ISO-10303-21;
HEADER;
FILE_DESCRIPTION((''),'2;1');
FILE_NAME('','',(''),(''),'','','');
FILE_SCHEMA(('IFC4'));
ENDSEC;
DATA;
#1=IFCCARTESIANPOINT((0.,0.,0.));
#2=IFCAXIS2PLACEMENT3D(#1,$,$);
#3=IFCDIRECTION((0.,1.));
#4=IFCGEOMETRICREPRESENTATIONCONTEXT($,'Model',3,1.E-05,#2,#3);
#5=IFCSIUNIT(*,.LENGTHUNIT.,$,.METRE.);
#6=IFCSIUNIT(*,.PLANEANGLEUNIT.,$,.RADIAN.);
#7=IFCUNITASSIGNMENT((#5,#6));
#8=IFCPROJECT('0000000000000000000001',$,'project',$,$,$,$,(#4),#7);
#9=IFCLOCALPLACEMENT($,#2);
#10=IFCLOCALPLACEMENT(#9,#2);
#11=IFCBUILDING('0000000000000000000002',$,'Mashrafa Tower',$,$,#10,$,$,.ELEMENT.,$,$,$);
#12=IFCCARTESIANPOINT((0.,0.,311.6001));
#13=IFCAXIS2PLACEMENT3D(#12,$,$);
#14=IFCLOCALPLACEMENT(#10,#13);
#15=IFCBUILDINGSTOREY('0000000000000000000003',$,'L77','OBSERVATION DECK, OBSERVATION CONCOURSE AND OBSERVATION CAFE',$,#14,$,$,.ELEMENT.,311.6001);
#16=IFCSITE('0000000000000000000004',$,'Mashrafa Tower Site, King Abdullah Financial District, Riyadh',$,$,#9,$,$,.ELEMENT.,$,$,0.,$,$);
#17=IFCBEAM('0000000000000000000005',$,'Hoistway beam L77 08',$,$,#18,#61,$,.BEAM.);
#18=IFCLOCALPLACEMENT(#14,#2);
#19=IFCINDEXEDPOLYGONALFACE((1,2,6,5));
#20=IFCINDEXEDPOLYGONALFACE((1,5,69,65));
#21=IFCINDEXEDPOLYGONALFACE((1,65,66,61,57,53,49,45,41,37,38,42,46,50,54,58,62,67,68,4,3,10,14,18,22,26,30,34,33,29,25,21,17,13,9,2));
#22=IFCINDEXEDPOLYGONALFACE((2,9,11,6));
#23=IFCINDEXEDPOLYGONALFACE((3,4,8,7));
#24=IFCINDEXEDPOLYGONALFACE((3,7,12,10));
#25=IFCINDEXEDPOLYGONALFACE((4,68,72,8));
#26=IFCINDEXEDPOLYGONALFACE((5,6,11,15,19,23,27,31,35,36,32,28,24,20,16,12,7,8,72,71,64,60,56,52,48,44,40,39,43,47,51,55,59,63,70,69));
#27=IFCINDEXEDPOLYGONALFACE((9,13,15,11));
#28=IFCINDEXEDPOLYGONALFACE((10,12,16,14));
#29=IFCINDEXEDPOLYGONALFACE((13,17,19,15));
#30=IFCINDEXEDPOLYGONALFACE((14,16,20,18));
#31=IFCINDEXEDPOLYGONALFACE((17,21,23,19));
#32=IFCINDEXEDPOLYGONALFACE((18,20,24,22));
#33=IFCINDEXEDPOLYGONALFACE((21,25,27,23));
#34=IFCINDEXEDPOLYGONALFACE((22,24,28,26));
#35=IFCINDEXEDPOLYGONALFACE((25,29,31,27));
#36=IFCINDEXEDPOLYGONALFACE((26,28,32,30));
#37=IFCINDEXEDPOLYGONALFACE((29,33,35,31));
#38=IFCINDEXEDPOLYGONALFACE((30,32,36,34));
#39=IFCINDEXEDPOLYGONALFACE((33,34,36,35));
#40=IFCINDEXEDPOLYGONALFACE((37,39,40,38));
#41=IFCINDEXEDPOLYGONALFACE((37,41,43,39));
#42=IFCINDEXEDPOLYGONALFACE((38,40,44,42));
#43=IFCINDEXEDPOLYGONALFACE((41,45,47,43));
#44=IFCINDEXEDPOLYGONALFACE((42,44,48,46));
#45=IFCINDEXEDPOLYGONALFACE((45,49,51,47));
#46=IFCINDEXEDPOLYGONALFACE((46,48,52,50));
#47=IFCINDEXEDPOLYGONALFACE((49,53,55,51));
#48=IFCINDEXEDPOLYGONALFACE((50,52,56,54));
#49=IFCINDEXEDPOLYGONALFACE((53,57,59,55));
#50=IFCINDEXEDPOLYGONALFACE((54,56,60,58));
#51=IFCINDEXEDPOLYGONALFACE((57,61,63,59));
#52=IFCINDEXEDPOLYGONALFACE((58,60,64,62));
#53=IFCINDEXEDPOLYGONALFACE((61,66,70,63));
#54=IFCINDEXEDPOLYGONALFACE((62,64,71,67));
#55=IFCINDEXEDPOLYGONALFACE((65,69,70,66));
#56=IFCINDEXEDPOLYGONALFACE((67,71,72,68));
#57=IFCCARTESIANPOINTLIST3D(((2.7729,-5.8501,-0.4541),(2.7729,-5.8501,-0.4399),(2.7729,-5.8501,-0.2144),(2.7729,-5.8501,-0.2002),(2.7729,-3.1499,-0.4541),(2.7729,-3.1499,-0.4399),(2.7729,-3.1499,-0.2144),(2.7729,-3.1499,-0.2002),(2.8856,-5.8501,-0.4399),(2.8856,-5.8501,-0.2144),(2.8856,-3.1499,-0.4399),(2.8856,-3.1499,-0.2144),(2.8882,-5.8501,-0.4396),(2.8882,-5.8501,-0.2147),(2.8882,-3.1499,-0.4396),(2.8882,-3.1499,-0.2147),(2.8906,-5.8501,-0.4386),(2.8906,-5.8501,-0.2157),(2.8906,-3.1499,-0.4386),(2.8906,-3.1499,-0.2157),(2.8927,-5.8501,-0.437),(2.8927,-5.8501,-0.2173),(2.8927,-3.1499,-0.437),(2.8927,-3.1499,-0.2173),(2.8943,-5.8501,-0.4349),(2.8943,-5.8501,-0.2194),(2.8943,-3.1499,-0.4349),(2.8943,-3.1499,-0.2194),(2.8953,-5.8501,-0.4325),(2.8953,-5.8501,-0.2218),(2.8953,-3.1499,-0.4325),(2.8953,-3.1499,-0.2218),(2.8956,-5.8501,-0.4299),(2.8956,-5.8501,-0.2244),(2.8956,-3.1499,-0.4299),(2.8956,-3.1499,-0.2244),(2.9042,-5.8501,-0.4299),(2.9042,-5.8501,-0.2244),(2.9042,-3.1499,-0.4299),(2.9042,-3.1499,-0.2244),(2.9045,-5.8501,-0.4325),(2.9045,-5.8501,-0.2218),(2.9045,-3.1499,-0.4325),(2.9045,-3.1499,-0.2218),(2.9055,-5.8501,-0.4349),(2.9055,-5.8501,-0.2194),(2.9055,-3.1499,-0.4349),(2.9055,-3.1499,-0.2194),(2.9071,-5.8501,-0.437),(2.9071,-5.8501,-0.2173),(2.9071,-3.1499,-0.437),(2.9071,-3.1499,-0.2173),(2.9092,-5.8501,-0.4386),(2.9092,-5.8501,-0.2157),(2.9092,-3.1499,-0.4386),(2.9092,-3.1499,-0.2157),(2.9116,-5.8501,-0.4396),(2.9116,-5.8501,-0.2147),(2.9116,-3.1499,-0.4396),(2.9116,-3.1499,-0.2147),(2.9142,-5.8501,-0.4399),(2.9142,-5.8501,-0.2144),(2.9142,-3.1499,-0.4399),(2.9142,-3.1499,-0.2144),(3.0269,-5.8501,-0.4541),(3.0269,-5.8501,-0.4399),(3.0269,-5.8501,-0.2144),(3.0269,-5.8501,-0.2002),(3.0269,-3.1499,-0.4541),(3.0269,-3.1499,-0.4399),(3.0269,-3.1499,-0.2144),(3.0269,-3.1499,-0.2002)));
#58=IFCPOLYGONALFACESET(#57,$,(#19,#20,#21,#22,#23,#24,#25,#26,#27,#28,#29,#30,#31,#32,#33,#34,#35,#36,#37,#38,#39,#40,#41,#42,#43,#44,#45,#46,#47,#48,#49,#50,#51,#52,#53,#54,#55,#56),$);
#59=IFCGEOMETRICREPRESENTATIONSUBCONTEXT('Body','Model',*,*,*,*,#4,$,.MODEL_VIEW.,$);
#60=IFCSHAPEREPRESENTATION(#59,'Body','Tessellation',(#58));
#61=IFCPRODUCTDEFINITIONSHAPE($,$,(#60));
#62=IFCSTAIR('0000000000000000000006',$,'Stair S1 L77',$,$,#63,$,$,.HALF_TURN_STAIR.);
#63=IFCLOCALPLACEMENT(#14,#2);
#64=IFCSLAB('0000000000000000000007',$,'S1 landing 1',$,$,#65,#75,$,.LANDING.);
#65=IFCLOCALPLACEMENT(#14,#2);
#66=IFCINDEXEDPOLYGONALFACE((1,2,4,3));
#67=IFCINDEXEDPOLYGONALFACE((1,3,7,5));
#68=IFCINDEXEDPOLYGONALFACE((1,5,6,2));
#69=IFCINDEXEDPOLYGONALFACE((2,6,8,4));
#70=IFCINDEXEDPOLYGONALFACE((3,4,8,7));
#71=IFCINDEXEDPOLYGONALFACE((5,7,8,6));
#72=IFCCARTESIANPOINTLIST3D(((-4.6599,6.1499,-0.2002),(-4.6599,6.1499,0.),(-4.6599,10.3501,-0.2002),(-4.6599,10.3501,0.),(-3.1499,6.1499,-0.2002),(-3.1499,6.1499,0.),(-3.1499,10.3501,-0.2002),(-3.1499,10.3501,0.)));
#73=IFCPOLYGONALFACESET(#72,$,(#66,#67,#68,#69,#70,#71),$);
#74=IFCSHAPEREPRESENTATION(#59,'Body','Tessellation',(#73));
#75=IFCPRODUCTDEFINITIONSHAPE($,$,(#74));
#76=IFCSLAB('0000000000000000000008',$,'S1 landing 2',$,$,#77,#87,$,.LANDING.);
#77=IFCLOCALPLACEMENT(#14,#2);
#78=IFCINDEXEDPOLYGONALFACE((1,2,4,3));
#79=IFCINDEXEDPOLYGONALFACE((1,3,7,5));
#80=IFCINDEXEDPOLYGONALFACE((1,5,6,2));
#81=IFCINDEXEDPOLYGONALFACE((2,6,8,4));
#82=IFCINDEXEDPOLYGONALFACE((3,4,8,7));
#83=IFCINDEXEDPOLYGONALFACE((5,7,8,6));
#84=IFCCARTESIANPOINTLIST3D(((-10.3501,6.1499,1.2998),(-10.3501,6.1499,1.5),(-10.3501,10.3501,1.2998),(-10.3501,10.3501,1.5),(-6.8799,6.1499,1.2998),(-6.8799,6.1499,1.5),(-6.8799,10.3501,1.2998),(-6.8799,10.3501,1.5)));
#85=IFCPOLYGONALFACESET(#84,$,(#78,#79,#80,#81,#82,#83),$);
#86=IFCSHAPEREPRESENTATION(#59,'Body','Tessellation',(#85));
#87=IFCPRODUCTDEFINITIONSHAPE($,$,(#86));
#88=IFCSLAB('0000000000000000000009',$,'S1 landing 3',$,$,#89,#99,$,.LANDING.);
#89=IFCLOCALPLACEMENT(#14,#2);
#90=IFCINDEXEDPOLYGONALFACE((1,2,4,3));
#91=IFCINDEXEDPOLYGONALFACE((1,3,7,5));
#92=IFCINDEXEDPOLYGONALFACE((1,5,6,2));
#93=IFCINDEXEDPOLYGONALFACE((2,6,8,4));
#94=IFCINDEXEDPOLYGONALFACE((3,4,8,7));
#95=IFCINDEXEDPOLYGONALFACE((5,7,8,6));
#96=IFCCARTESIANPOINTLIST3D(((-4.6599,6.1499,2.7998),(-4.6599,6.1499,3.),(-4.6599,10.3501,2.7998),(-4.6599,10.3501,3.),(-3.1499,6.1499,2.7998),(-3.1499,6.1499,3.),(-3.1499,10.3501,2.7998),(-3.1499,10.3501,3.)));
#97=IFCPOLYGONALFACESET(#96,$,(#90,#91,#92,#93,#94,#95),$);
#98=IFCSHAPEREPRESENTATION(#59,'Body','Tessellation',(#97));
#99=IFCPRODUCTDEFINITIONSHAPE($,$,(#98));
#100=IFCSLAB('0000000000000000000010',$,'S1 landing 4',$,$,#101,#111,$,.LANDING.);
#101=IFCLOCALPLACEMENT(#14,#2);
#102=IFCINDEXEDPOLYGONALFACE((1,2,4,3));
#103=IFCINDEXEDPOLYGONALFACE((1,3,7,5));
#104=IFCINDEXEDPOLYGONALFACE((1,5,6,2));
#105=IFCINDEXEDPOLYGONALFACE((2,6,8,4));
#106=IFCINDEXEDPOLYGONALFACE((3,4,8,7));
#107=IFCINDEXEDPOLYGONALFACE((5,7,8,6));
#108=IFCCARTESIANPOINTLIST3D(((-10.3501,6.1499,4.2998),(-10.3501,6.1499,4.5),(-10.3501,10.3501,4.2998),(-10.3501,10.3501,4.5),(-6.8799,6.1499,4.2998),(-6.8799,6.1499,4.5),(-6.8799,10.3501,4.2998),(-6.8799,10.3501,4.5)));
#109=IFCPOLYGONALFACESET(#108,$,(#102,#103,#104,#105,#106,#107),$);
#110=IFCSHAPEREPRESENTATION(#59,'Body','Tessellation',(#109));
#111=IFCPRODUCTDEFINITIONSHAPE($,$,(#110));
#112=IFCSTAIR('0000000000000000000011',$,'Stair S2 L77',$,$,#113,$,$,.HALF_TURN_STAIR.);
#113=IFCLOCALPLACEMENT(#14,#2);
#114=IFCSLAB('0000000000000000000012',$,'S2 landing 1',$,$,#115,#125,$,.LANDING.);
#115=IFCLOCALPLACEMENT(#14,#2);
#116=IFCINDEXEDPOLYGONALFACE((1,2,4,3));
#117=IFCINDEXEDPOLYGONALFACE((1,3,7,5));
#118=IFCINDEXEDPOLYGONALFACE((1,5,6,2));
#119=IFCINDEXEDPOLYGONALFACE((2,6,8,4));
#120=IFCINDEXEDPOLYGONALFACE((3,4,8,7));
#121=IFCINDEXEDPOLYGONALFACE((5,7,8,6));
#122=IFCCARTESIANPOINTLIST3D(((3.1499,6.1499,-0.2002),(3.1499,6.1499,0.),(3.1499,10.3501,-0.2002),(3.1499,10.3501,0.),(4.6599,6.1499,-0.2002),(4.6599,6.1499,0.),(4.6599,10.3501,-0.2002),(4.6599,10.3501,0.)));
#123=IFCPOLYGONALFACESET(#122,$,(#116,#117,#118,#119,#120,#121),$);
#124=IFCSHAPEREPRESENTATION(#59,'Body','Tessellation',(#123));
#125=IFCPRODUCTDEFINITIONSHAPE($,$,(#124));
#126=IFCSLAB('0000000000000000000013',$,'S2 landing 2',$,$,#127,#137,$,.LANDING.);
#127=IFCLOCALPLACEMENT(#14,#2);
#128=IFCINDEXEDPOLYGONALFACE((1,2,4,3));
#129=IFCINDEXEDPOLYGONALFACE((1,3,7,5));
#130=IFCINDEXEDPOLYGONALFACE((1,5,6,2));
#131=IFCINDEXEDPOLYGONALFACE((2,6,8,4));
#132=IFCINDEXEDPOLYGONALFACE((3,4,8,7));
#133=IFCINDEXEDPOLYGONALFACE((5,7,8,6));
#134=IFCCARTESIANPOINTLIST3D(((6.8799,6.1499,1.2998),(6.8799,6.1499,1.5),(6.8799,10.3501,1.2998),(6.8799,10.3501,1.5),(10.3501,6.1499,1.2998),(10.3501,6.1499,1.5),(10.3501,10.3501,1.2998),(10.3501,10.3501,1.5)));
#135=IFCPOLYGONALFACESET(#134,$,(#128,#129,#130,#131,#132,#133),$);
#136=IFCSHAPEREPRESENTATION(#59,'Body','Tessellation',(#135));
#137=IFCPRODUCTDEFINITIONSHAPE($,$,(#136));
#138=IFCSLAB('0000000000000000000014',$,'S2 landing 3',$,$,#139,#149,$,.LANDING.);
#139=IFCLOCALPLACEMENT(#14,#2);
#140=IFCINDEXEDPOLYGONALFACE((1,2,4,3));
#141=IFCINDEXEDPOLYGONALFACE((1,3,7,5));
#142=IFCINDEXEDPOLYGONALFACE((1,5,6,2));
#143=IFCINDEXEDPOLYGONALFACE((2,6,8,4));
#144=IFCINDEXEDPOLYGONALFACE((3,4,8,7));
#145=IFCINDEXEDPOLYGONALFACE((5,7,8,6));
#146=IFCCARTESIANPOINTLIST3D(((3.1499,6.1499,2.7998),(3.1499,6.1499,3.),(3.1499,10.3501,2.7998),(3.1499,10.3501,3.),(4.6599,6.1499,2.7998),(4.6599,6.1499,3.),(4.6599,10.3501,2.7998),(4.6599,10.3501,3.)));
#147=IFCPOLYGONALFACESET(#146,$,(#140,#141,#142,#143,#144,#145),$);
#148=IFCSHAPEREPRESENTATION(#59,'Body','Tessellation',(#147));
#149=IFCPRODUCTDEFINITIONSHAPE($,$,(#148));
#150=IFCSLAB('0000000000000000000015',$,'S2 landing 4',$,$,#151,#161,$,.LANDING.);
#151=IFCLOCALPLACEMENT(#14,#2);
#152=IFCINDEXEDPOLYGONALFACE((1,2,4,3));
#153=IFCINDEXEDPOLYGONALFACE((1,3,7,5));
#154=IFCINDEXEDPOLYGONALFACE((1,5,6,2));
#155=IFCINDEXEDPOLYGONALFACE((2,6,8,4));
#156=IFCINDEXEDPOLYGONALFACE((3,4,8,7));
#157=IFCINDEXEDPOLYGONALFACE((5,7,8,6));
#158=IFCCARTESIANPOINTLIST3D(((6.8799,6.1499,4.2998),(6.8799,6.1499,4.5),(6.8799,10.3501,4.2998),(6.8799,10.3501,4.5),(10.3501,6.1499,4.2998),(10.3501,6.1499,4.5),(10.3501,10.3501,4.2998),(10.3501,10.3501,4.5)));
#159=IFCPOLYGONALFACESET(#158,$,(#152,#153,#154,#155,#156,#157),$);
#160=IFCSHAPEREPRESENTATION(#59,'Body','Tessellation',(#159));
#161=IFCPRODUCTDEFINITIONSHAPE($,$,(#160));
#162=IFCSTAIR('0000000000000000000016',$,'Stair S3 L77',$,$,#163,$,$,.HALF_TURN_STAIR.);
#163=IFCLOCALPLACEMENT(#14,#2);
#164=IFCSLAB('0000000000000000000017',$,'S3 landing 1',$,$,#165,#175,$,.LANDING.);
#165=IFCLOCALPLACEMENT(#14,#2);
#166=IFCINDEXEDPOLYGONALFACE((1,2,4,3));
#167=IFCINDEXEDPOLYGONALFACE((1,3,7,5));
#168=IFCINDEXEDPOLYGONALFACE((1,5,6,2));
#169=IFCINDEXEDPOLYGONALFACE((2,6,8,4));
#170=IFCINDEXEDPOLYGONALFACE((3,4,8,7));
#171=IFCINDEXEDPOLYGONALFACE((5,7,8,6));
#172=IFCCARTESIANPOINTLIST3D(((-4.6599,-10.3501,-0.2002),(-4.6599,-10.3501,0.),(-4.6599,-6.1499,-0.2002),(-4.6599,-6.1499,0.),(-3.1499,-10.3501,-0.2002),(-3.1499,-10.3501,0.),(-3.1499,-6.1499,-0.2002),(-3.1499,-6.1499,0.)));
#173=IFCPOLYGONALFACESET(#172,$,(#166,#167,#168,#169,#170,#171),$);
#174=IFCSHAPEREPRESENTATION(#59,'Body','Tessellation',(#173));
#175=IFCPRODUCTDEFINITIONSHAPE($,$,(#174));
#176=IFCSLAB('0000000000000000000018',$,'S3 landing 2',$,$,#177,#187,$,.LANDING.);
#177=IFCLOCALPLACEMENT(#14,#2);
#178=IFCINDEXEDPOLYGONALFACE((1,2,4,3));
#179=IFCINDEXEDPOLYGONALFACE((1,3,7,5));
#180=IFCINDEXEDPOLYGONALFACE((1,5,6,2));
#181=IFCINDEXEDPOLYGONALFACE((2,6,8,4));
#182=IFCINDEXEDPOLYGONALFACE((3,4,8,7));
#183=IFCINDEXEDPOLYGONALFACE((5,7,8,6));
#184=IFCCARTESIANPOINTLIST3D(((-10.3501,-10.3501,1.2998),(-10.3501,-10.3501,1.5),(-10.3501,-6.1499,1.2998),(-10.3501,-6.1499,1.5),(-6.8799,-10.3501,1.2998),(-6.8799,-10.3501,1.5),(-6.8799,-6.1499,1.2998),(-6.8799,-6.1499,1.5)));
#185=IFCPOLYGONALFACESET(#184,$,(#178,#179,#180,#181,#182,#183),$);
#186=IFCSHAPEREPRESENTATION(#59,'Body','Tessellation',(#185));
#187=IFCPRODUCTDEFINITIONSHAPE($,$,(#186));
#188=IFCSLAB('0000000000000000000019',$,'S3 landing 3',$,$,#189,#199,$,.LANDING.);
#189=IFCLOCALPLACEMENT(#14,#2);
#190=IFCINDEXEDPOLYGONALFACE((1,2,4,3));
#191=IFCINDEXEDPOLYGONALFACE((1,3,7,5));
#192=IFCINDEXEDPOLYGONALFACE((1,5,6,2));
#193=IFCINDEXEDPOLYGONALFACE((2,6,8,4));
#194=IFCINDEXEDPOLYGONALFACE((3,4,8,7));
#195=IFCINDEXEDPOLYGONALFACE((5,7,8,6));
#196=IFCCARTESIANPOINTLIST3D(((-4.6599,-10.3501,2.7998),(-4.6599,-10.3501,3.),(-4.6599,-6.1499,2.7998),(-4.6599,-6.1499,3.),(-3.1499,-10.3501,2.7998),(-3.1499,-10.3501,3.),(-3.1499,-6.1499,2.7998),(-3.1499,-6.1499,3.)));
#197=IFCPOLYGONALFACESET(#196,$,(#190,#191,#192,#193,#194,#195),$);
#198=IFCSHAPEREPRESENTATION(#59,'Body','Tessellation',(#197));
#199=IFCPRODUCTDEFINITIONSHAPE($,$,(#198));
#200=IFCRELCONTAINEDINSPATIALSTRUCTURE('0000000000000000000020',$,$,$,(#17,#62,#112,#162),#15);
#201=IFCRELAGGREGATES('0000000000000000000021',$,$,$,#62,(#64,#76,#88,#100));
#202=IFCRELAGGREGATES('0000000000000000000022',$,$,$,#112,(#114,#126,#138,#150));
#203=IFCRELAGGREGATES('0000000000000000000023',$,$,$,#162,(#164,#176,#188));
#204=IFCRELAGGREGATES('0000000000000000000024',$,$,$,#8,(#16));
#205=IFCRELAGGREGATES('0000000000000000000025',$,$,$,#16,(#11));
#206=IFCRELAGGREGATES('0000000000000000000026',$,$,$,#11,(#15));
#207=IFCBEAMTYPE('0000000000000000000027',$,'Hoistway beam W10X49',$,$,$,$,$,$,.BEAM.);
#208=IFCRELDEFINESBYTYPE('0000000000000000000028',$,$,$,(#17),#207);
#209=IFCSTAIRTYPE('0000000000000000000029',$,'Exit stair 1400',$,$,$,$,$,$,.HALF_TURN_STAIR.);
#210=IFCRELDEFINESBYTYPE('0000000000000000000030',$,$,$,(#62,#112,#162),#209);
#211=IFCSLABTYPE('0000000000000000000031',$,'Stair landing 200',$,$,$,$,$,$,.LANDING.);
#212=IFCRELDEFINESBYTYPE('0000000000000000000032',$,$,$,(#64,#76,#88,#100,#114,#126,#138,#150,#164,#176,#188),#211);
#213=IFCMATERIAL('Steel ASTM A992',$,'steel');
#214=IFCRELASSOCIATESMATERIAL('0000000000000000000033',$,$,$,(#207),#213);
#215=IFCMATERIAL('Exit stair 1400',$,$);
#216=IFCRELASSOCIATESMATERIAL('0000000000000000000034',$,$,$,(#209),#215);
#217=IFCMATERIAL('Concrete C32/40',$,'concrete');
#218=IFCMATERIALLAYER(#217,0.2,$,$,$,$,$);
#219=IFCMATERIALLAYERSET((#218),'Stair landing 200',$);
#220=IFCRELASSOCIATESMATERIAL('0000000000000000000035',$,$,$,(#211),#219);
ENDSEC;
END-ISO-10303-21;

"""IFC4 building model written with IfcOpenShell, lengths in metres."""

from ifc_helpers import new_model, si_unit, direction, frame, origin, origin_2d, place, context, subcontext, project, spatial, polyline, i_section, outline, extrude, material, layer, layer_set, material_profile, profile_set, type_object, element, aggregate, save


model = new_model("IFC4")

# Units and contexts
model_context = context("Model", 3, precision=1e-05, world=origin(), true_north=direction((0.0, 1.0)))
body_context = subcontext(model_context, "Body", "Model", "MODEL_VIEW")
ifc_project = project(units=[si_unit("LENGTHUNIT", "METRE"), si_unit("PLANEANGLEUNIT", "RADIAN")], contexts=[model_context])

# Site, building, storey
site_placement = place(None, origin())
site = spatial("IfcSite", under=ifc_project, at=site_placement, Name="Mashrafa Tower Site, King Abdullah Financial District, Riyadh", CompositionType="ELEMENT", RefElevation=0.0)
building_placement = place(site_placement, origin())
building = spatial("IfcBuilding", under=site, at=building_placement, Name="Mashrafa Tower", CompositionType="ELEMENT")
storey_placement = place(building_placement, frame((0.0, 0.0, 311.6001)))
storey = spatial("IfcBuildingStorey", under=building, at=storey_placement, Name="L77", Description="OBSERVATION DECK, OBSERVATION CONCOURSE AND OBSERVATION CAFE", CompositionType="ELEMENT", Elevation=311.6001)

# Beam
ifc_material_1 = material(Name="Steel ASTM A992", Category="steel")
ifc_material_profile = material_profile(ifc_material_1, i_section(OverallWidth=0.2539, OverallDepth=0.2539, WebThickness=0.0085, FlangeThickness=0.0142, FilletRadius=0.01, at=origin_2d()), Name="W10X49")
ifc_profile_set = profile_set([ifc_material_profile], Name="Steel ASTM A992")
beam_type = type_object("IfcBeamType", Name="Hoistway beam W10X49", PredefinedType="BEAM", material=ifc_profile_set)
beam_placement = place(storey_placement, frame((2.8999, -5.8501, -0.3271), z_axis=(0.0, 1.0, 0.0), x_axis=(-1.0, 0.0, 0.0)))
element("IfcBeam", 1, at=beam_placement, inside=storey, type_object=beam_type, Name="Hoistway beam L77 08", PredefinedType="BEAM", context=body_context, shape_type="SweptSolid", body=[
    extrude(i_section(OverallWidth=0.2539, OverallDepth=0.2539, WebThickness=0.0085, FlangeThickness=0.0142, FilletRadius=0.01, at=origin_2d()), origin(), (0.0, 0.0, 1.0), 2.7002),
])

# Stairs, slabs
ifc_material_2 = material(Name="Exit stair 1400")
stair_type = type_object("IfcStairType", Name="Exit stair 1400", PredefinedType="HALF_TURN_STAIR", material=ifc_material_2)
stair_1_placement = place(storey_placement, origin())
stair_1 = element("IfcStair", 2, at=stair_1_placement, inside=storey, type_object=stair_type, Name="Stair S1 L77", PredefinedType="HALF_TURN_STAIR")
ifc_material_3 = material(Name="Concrete C32/40", Category="concrete")
ifc_layer_1 = layer(ifc_material_3, 0.2)
ifc_layer_set_1 = layer_set([ifc_layer_1], Name="Stair landing 200")
slab_type = type_object("IfcSlabType", Name="Stair landing 200", PredefinedType="LANDING", material=ifc_layer_set_1)
slab_1_placement = place(storey_placement, frame((0.0, 0.0, -0.2002)))
slab_1 = element("IfcSlab", 3, at=slab_1_placement, type_object=slab_type, Name="S1 landing 1", PredefinedType="LANDING", context=body_context, shape_type="SweptSolid", body=[
    extrude(outline(polyline([(-4.6599, 6.1499), (-3.1499, 6.1499), (-3.1499, 10.3501), (-4.6599, 10.3501), (-4.6599, 6.1499)])), origin(), (0.0, 0.0, 1.0), 0.2002),
])
slab_2_placement = place(storey_placement, frame((0.0, 0.0, 1.2998)))
slab_2 = element("IfcSlab", 4, at=slab_2_placement, type_object=slab_type, Name="S1 landing 2", PredefinedType="LANDING", context=body_context, shape_type="SweptSolid", body=[
    extrude(outline(polyline([(-10.3501, 6.1499), (-6.8799, 6.1499), (-6.8799, 10.3501), (-10.3501, 10.3501), (-10.3501, 6.1499)])), origin(), (0.0, 0.0, 1.0), 0.2002),
])
slab_3_placement = place(storey_placement, frame((0.0, 0.0, 2.7998)))
slab_3 = element("IfcSlab", 5, at=slab_3_placement, type_object=slab_type, Name="S1 landing 3", PredefinedType="LANDING", context=body_context, shape_type="SweptSolid", body=[
    extrude(outline(polyline([(-4.6599, 6.1499), (-3.1499, 6.1499), (-3.1499, 10.3501), (-4.6599, 10.3501), (-4.6599, 6.1499)])), origin(), (0.0, 0.0, 1.0), 0.2002),
])
slab_4_placement = place(storey_placement, frame((0.0, 0.0, 4.2998)))
slab_4 = element("IfcSlab", 6, at=slab_4_placement, type_object=slab_type, Name="S1 landing 4", PredefinedType="LANDING", context=body_context, shape_type="SweptSolid", body=[
    extrude(outline(polyline([(-10.3501, 6.1499), (-6.8799, 6.1499), (-6.8799, 10.3501), (-10.3501, 10.3501), (-10.3501, 6.1499)])), origin(), (0.0, 0.0, 1.0), 0.2002),
])
aggregate(stair_1, [slab_1, slab_2, slab_3, slab_4])
stair_2_placement = place(storey_placement, origin())
stair_2 = element("IfcStair", 7, at=stair_2_placement, inside=storey, type_object=stair_type, Name="Stair S2 L77", PredefinedType="HALF_TURN_STAIR")
slab_5_placement = place(storey_placement, frame((0.0, 0.0, -0.2002)))
slab_5 = element("IfcSlab", 8, at=slab_5_placement, type_object=slab_type, Name="S2 landing 1", PredefinedType="LANDING", context=body_context, shape_type="SweptSolid", body=[
    extrude(outline(polyline([(3.1499, 6.1499), (4.6599, 6.1499), (4.6599, 10.3501), (3.1499, 10.3501), (3.1499, 6.1499)])), origin(), (0.0, 0.0, 1.0), 0.2002),
])
slab_6_placement = place(storey_placement, frame((0.0, 0.0, 1.2998)))
slab_6 = element("IfcSlab", 9, at=slab_6_placement, type_object=slab_type, Name="S2 landing 2", PredefinedType="LANDING", context=body_context, shape_type="SweptSolid", body=[
    extrude(outline(polyline([(6.8799, 6.1499), (10.3501, 6.1499), (10.3501, 10.3501), (6.8799, 10.3501), (6.8799, 6.1499)])), origin(), (0.0, 0.0, 1.0), 0.2002),
])
slab_7_placement = place(storey_placement, frame((0.0, 0.0, 2.7998)))
slab_7 = element("IfcSlab", 10, at=slab_7_placement, type_object=slab_type, Name="S2 landing 3", PredefinedType="LANDING", context=body_context, shape_type="SweptSolid", body=[
    extrude(outline(polyline([(3.1499, 6.1499), (4.6599, 6.1499), (4.6599, 10.3501), (3.1499, 10.3501), (3.1499, 6.1499)])), origin(), (0.0, 0.0, 1.0), 0.2002),
])
slab_8_placement = place(storey_placement, frame((0.0, 0.0, 4.2998)))
slab_8 = element("IfcSlab", 11, at=slab_8_placement, type_object=slab_type, Name="S2 landing 4", PredefinedType="LANDING", context=body_context, shape_type="SweptSolid", body=[
    extrude(outline(polyline([(6.8799, 6.1499), (10.3501, 6.1499), (10.3501, 10.3501), (6.8799, 10.3501), (6.8799, 6.1499)])), origin(), (0.0, 0.0, 1.0), 0.2002),
])
aggregate(stair_2, [slab_5, slab_6, slab_7, slab_8])
stair_3_placement = place(storey_placement, origin())
stair_3 = element("IfcStair", 12, at=stair_3_placement, inside=storey, type_object=stair_type, Name="Stair S3 L77", PredefinedType="HALF_TURN_STAIR")
slab_9_placement = place(storey_placement, frame((0.0, 0.0, -0.2002)))
slab_9 = element("IfcSlab", 13, at=slab_9_placement, type_object=slab_type, Name="S3 landing 1", PredefinedType="LANDING", context=body_context, shape_type="SweptSolid", body=[
    extrude(outline(polyline([(-4.6599, -10.3501), (-3.1499, -10.3501), (-3.1499, -6.1499), (-4.6599, -6.1499), (-4.6599, -10.3501)])), origin(), (0.0, 0.0, 1.0), 0.2002),
])
slab_10_placement = place(storey_placement, frame((0.0, 0.0, 1.2998)))
slab_10 = element("IfcSlab", 14, at=slab_10_placement, type_object=slab_type, Name="S3 landing 2", PredefinedType="LANDING", context=body_context, shape_type="SweptSolid", body=[
    extrude(outline(polyline([(-10.3501, -10.3501), (-6.8799, -10.3501), (-6.8799, -6.1499), (-10.3501, -6.1499), (-10.3501, -10.3501)])), origin(), (0.0, 0.0, 1.0), 0.2002),
])
slab_11_placement = place(storey_placement, frame((0.0, 0.0, 2.7998)))
slab_11 = element("IfcSlab", 15, at=slab_11_placement, type_object=slab_type, Name="S3 landing 3", PredefinedType="LANDING", context=body_context, shape_type="SweptSolid", body=[
    extrude(outline(polyline([(-4.6599, -10.3501), (-3.1499, -10.3501), (-3.1499, -6.1499), (-4.6599, -6.1499), (-4.6599, -10.3501)])), origin(), (0.0, 0.0, 1.0), 0.2002),
])
aggregate(stair_3, [slab_9, slab_10, slab_11])

save(model, "model.ifc")
